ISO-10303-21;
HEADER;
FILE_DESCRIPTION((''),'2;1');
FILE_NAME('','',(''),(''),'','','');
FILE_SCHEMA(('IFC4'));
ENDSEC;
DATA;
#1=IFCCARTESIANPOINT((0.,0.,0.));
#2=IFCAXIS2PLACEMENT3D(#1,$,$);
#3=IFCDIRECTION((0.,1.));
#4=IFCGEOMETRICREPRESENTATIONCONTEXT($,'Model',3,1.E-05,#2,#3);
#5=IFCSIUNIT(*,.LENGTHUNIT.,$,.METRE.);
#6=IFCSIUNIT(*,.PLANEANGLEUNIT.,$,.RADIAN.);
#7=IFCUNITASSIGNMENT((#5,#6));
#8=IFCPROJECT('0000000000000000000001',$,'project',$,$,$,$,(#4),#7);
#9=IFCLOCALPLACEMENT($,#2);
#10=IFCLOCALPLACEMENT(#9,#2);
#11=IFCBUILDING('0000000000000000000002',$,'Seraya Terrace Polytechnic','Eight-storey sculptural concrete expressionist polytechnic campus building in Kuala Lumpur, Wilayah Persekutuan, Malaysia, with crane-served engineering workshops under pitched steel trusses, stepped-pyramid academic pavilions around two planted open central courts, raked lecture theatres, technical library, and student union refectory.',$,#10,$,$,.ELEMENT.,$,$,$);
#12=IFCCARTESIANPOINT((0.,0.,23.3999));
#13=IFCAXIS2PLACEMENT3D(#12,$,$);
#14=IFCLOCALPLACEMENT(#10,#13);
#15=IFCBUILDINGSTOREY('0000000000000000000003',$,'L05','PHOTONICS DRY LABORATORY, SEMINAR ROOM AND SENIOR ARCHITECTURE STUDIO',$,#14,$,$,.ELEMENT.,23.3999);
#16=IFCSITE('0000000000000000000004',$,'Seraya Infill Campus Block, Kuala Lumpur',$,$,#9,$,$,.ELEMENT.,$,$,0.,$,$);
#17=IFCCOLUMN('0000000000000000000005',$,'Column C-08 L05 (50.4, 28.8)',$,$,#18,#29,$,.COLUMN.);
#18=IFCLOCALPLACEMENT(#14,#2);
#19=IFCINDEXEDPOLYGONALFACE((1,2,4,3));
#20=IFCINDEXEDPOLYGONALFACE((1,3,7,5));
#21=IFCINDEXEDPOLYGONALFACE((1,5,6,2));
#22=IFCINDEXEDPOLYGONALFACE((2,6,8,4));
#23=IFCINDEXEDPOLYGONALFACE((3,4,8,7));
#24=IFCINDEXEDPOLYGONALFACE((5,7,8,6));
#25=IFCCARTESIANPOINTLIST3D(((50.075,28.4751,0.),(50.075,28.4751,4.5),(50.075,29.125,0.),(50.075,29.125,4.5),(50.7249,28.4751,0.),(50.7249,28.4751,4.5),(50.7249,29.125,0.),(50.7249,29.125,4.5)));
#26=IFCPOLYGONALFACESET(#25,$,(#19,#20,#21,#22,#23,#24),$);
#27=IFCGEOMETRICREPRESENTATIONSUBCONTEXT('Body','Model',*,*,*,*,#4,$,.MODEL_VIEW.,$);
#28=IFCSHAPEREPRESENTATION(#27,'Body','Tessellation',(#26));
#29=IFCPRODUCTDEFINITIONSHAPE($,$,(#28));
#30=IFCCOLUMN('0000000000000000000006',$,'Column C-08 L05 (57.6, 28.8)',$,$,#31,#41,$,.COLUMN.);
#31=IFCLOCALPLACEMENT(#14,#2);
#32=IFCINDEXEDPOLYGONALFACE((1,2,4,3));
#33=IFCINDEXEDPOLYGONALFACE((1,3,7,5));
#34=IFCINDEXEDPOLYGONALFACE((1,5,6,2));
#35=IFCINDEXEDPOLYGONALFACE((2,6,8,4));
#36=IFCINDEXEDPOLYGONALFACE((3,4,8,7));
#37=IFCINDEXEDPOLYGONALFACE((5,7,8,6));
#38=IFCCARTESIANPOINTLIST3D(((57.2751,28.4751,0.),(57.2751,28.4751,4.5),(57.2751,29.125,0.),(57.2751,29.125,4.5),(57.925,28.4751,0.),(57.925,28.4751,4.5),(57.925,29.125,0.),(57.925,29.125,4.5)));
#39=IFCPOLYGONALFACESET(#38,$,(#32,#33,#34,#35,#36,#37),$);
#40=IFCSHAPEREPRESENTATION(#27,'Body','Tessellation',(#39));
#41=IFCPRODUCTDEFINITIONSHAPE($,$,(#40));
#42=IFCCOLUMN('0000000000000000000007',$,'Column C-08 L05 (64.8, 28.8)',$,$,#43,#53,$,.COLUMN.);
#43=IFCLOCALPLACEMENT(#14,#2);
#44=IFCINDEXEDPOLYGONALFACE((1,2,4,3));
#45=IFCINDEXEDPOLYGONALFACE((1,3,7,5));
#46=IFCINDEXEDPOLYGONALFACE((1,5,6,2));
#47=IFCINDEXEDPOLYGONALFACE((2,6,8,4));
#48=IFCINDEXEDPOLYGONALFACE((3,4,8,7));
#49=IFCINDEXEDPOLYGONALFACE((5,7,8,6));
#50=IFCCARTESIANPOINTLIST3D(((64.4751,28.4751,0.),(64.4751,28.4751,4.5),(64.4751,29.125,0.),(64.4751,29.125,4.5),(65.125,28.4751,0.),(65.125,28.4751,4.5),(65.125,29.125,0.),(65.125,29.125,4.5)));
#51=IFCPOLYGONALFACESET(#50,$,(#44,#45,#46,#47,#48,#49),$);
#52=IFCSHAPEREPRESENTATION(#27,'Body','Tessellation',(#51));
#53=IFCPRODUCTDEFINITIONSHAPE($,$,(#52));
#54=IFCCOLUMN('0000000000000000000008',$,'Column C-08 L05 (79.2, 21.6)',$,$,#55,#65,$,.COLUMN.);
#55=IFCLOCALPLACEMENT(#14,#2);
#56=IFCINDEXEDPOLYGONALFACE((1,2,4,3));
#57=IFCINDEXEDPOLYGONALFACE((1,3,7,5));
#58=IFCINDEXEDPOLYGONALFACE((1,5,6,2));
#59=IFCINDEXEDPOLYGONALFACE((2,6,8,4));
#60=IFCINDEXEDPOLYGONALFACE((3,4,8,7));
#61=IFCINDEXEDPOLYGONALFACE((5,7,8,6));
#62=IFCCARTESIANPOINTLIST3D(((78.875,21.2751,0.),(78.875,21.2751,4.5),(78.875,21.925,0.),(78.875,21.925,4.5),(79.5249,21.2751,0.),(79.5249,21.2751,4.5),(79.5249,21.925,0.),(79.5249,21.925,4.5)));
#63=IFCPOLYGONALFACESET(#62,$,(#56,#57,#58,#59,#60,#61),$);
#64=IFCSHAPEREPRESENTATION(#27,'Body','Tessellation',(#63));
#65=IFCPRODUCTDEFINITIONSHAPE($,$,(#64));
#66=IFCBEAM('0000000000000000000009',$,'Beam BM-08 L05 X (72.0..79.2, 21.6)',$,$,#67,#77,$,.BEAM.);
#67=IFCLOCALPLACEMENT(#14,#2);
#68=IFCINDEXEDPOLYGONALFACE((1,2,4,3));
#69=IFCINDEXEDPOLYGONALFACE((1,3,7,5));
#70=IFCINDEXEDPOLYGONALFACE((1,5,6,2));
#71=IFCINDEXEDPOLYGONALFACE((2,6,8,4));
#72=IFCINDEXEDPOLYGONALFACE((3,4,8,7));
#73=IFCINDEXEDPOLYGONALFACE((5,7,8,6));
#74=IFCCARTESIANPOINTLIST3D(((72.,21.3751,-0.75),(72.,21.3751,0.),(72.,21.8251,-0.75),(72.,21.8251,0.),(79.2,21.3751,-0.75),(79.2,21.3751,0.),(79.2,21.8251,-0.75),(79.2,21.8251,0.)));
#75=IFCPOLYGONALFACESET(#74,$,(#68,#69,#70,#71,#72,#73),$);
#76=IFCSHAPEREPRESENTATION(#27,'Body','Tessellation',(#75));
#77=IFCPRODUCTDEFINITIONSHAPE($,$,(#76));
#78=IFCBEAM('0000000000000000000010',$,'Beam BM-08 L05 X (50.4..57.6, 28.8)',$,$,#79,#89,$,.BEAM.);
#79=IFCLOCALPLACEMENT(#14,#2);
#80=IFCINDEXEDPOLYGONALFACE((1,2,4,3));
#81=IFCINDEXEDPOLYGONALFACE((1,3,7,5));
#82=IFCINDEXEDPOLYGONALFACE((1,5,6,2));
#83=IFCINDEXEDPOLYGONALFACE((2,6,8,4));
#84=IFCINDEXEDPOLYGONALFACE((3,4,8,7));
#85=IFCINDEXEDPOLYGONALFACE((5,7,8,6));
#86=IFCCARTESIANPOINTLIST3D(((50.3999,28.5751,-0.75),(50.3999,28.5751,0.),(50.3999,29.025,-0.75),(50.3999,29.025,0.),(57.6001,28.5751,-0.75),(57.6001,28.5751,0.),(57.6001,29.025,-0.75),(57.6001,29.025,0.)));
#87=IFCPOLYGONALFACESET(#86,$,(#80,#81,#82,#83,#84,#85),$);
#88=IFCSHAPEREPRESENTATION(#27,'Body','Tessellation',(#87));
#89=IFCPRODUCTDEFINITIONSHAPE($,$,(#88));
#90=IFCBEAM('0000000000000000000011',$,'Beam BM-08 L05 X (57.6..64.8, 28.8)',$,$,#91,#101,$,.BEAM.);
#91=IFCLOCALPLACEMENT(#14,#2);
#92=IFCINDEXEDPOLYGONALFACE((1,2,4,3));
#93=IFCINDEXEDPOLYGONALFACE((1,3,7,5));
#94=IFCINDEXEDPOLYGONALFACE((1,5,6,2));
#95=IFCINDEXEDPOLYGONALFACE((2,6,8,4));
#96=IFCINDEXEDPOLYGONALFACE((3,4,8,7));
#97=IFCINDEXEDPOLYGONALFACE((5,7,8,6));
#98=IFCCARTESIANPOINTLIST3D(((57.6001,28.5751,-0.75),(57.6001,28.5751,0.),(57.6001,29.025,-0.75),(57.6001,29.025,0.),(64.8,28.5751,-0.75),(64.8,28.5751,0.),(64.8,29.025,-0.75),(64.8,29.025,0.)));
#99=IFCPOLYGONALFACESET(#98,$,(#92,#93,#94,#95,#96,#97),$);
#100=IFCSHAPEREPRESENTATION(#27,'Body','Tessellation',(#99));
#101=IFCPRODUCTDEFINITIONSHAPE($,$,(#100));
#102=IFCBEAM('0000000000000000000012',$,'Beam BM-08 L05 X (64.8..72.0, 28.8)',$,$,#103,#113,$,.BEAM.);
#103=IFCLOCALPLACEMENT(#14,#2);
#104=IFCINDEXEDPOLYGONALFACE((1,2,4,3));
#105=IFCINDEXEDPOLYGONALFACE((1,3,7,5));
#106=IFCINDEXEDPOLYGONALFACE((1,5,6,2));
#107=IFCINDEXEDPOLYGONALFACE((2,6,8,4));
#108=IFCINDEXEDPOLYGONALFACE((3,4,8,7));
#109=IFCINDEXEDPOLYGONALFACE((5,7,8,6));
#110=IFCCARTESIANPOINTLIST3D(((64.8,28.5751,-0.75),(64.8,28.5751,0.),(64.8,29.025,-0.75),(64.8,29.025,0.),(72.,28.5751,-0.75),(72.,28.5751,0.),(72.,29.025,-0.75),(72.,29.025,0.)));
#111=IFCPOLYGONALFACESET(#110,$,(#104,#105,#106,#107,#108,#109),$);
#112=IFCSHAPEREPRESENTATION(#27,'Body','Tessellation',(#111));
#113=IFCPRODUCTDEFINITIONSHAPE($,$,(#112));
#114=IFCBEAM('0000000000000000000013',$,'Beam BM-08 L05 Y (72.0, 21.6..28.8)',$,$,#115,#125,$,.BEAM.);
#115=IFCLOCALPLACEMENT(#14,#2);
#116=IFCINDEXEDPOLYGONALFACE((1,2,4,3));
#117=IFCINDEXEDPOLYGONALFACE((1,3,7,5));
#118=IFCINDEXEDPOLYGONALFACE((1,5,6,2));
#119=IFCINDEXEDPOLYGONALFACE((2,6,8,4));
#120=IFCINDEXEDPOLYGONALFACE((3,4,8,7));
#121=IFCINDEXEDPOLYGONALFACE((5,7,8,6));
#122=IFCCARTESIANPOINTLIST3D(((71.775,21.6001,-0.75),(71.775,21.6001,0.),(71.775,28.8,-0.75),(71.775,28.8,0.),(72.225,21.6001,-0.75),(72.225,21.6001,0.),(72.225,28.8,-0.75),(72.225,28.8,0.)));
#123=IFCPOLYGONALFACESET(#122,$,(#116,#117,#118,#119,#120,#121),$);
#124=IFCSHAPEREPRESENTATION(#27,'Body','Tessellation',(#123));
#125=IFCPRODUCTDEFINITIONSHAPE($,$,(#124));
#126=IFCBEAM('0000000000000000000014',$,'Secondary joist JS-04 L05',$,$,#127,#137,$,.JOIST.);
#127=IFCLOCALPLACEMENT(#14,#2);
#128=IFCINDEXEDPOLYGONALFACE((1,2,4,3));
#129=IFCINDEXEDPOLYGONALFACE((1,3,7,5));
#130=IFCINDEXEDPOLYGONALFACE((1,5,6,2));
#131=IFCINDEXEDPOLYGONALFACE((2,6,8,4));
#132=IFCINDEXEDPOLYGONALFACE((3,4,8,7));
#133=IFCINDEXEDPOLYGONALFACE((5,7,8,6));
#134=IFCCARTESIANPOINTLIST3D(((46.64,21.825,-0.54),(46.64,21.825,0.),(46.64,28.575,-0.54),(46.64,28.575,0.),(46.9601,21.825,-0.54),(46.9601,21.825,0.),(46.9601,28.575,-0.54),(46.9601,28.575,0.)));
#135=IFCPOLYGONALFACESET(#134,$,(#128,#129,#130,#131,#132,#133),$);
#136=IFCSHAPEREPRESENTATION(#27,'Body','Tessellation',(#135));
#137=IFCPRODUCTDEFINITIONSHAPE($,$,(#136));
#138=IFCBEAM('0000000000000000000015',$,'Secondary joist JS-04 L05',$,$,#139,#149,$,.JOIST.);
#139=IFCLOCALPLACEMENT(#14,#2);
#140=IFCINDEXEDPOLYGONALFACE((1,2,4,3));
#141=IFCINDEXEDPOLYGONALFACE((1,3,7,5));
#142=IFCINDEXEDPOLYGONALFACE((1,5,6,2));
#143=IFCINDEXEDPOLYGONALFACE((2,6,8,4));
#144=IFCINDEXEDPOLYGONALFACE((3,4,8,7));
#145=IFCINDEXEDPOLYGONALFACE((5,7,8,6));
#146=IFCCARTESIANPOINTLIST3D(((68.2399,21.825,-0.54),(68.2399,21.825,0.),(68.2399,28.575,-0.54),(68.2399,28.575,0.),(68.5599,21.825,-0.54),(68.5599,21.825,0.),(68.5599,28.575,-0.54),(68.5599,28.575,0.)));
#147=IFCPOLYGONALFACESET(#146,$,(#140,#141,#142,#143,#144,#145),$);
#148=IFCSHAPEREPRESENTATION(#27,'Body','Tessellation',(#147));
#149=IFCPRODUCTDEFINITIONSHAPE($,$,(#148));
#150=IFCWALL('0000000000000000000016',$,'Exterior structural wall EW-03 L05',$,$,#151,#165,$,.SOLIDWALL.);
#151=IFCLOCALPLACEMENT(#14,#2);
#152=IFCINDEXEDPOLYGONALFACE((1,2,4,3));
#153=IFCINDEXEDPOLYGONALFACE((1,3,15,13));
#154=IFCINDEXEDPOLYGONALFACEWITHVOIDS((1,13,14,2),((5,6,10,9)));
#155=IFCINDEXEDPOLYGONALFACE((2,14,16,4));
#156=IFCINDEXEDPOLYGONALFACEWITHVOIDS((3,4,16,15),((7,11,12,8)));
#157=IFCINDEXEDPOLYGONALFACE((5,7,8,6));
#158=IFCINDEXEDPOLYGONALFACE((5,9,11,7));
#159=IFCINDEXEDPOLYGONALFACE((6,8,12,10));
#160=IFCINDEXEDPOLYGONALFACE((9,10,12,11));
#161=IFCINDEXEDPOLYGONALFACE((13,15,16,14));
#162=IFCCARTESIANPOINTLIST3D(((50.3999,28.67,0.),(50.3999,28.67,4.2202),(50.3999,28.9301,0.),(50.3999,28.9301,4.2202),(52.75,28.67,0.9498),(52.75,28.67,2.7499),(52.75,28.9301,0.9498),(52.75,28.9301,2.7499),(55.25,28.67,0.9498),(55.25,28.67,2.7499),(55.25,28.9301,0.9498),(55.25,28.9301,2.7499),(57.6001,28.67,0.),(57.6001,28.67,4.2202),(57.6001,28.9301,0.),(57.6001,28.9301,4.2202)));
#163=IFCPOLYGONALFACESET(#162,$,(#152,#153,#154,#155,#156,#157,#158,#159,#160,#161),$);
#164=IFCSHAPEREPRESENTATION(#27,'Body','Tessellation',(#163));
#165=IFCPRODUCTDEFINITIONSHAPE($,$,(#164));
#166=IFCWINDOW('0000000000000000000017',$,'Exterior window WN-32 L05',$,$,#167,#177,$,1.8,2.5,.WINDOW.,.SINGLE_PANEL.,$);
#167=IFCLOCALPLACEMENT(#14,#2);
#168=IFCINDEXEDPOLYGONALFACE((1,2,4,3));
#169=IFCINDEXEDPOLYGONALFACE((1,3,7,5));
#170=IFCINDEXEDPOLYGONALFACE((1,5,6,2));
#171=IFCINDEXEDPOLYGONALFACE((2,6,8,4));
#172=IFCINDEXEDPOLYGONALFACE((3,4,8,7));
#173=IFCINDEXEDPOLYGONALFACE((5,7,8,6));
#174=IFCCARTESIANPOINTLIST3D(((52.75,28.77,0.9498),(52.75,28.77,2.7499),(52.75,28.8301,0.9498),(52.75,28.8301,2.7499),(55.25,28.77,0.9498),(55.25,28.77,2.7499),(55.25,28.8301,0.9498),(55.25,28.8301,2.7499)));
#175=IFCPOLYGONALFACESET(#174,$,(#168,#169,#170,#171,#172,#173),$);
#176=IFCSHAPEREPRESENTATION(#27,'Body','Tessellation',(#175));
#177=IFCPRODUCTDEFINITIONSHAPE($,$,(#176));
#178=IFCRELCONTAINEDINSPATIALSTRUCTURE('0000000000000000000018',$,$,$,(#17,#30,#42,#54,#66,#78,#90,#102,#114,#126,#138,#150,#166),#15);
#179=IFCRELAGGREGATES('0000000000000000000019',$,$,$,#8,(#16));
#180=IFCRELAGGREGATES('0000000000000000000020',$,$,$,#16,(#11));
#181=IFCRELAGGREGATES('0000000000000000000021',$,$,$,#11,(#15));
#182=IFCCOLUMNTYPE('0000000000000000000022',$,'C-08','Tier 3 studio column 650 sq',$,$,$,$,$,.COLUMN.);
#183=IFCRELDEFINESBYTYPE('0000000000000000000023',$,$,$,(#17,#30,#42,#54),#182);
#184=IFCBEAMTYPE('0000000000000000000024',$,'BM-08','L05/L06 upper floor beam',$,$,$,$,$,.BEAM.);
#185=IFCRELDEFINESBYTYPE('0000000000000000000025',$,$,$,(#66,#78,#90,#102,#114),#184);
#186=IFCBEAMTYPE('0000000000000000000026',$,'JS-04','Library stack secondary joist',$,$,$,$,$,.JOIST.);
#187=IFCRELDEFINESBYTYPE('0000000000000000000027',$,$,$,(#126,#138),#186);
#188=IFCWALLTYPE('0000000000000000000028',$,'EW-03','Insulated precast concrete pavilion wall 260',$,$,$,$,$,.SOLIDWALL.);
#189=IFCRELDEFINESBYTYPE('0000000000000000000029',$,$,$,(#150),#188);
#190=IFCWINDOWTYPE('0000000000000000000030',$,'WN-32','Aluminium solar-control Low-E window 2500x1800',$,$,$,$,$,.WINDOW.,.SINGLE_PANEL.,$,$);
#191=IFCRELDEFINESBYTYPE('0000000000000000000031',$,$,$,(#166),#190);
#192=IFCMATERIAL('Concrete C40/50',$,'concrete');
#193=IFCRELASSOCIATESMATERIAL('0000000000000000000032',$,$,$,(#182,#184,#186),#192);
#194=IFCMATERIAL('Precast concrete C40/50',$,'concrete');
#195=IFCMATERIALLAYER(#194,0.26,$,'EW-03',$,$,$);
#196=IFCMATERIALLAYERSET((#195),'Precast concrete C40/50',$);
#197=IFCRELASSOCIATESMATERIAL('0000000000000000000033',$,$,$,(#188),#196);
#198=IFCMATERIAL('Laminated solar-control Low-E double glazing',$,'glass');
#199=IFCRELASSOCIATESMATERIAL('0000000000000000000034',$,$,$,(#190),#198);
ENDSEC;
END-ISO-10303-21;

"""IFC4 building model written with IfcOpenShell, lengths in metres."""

from ifc_helpers import new_model, si_unit, direction, frame, frame_2d, origin, origin_2d, place, context, subcontext, project, spatial, rectangle, extrude, material, layer, layer_set, material_profile, profile_set, type_object, element, fill, save


model = new_model("IFC4")

# Units and contexts
model_context = context("Model", 3, precision=1e-05, world=origin(), true_north=direction((0.0, 1.0)))
body_context = subcontext(model_context, "Body", "Model", "MODEL_VIEW")
ifc_project = project(units=[si_unit("LENGTHUNIT", "METRE"), si_unit("PLANEANGLEUNIT", "RADIAN")], contexts=[model_context])

# Site, building, storey
site_placement = place(None, origin())
site = spatial("IfcSite", under=ifc_project, at=site_placement, Name="Seraya Infill Campus Block, Kuala Lumpur", CompositionType="ELEMENT", RefElevation=0.0)
building_placement = place(site_placement, origin())
building = spatial("IfcBuilding", under=site, at=building_placement, Name="Seraya Terrace Polytechnic", Description="Eight-storey sculptural concrete expressionist polytechnic campus building in Kuala Lumpur, Wilayah Persekutuan, Malaysia, with crane-served engineering workshops under pitched steel trusses, stepped-pyramid academic pavilions around two planted open central courts, raked lecture theatres, technical library, and student union refectory.", CompositionType="ELEMENT")
storey_placement = place(building_placement, frame((0.0, 0.0, 23.3999)))
storey = spatial("IfcBuildingStorey", under=building, at=storey_placement, Name="L05", Description="PHOTONICS DRY LABORATORY, SEMINAR ROOM AND SENIOR ARCHITECTURE STUDIO", CompositionType="ELEMENT", Elevation=23.3999)

# Columns
ifc_material_1 = material(Name="Concrete C40/50", Category="concrete")
ifc_material_profile_1 = material_profile(ifc_material_1, rectangle(XDim=0.6499, YDim=0.6499, at=origin_2d()), Name="RC 650x650")
ifc_profile_set_1 = profile_set([ifc_material_profile_1], Name="Concrete C40/50")
column_type = type_object("IfcColumnType", Name="C-08", Description="Tier 3 studio column 650 sq", PredefinedType="COLUMN", material=ifc_profile_set_1)
for number, where, z_axis, x_axis, name in (
    (1, (50.3999, 28.8, 0.0), (0.0, 0.0, 1.0), (1.0, 0.0, 0.0), "Column C-08 L05 (50.4, 28.8)"),
    (2, (57.6001, 28.8, 0.0), (0.0, 0.0, 1.0), (1.0, 0.0, 0.0), "Column C-08 L05 (57.6, 28.8)"),
    (3, (64.8, 28.8, 0.0), (0.0, 0.0, 1.0), (1.0, 0.0, 0.0), "Column C-08 L05 (64.8, 28.8)"),
    (4, (79.2, 21.6001, 0.0), (0.0, 0.0, 1.0), (1.0, 0.0, 0.0), "Column C-08 L05 (79.2, 21.6)"),
):
    element("IfcColumn", number, at=place(storey_placement, frame(where, z_axis=z_axis, x_axis=x_axis)), inside=storey, type_object=column_type, Name=name, PredefinedType="COLUMN", context=body_context, shape_type="SweptSolid", body=[
        extrude(rectangle(XDim=0.6499, YDim=0.6499, at=origin_2d()), origin(), (0.0, 0.0, 1.0), 4.5),
    ])

# Beams
ifc_material_profile_2 = material_profile(ifc_material_1, rectangle(XDim=0.45, YDim=0.75, at=origin_2d()), Name="RC 450x750")
ifc_profile_set_2 = profile_set([ifc_material_profile_2], Name="Concrete C40/50")
beam_type_1 = type_object("IfcBeamType", Name="BM-08", Description="L05/L06 upper floor beam", PredefinedType="BEAM", material=ifc_profile_set_2)
beam_1_placement = place(storey_placement, frame((72.0, 21.6001, -0.375), z_axis=(1.0, 0.0, 0.0), x_axis=(0.0, 1.0, 0.0)))
element("IfcBeam", 5, at=beam_1_placement, inside=storey, type_object=beam_type_1, Name="Beam BM-08 L05 X (72.0..79.2, 21.6)", PredefinedType="BEAM", context=body_context, shape_type="SweptSolid", body=[
    extrude(rectangle(XDim=0.45, YDim=0.75, at=origin_2d()), origin(), (0.0, 0.0, 1.0), 7.2),
])
beam_2_placement = place(storey_placement, frame((50.3999, 28.8, -0.375), z_axis=(1.0, 0.0, 0.0), x_axis=(0.0, 1.0, 0.0)))
element("IfcBeam", 6, at=beam_2_placement, inside=storey, type_object=beam_type_1, Name="Beam BM-08 L05 X (50.4..57.6, 28.8)", PredefinedType="BEAM", context=body_context, shape_type="SweptSolid", body=[
    extrude(rectangle(XDim=0.45, YDim=0.75, at=origin_2d()), origin(), (0.0, 0.0, 1.0), 7.2002),
])
for number, where, z_axis, x_axis, name in (
    (7, (57.6001, 28.8, -0.375), (1.0, 0.0, 0.0), (0.0, 1.0, 0.0), "Beam BM-08 L05 X (57.6..64.8, 28.8)"),
    (8, (64.8, 28.8, -0.375), (1.0, 0.0, 0.0), (0.0, 1.0, 0.0), "Beam BM-08 L05 X (64.8..72.0, 28.8)"),
    (9, (72.0, 21.6001, -0.375), (0.0, 1.0, 0.0), (-1.0, 0.0, 0.0), "Beam BM-08 L05 Y (72.0, 21.6..28.8)"),
):
    element("IfcBeam", number, at=place(storey_placement, frame(where, z_axis=z_axis, x_axis=x_axis)), inside=storey, type_object=beam_type_1, Name=name, PredefinedType="BEAM", context=body_context, shape_type="SweptSolid", body=[
        extrude(rectangle(XDim=0.45, YDim=0.75, at=origin_2d()), origin(), (0.0, 0.0, 1.0), 7.2),
    ])
ifc_material_profile_3 = material_profile(ifc_material_1, rectangle(XDim=0.3201, YDim=0.54, at=origin_2d()), Name="RC 320x540")
ifc_profile_set_3 = profile_set([ifc_material_profile_3], Name="Concrete C40/50")
beam_type_2 = type_object("IfcBeamType", Name="JS-04", Description="Library stack secondary joist", PredefinedType="JOIST", material=ifc_profile_set_3)
for number, where, z_axis, x_axis, name in (
    (10, (46.8, 21.825, -0.27), (0.0, 1.0, 0.0), (-1.0, 0.0, 0.0), "Secondary joist JS-04 L05"),
    (11, (68.3999, 21.825, -0.27), (0.0, 1.0, 0.0), (-1.0, 0.0, 0.0), "Secondary joist JS-04 L05"),
):
    element("IfcBeam", number, at=place(storey_placement, frame(where, z_axis=z_axis, x_axis=x_axis)), inside=storey, type_object=beam_type_2, Name=name, PredefinedType="JOIST", context=body_context, shape_type="SweptSolid", body=[
        extrude(rectangle(XDim=0.3201, YDim=0.54, at=origin_2d()), origin(), (0.0, 0.0, 1.0), 6.75),
    ])

# Wall, opening, window
ifc_material_2 = material(Name="Precast concrete C40/50", Category="concrete")
ifc_layer = layer(ifc_material_2, 0.26, Name="EW-03")
ifc_layer_set = layer_set([ifc_layer], Name="Precast concrete C40/50")
wall_type = type_object("IfcWallType", Name="EW-03", Description="Insulated precast concrete pavilion wall 260", PredefinedType="SOLIDWALL", material=ifc_layer_set)
wall_1_placement = place(storey_placement, frame((50.3999, 28.8, 0.0), z_axis=(0.0, 0.0, 1.0), x_axis=(1.0, 0.0, 0.0)))
wall_1 = element("IfcWall", 12, at=wall_1_placement, inside=storey, type_object=wall_type, Name="Exterior structural wall EW-03 L05", PredefinedType="SOLIDWALL", context=body_context, shape_type="SweptSolid", body=[
    extrude(rectangle(XDim=7.2002, YDim=0.26, at=frame_2d((3.6001, 0.0))), origin(), (0.0, 0.0, 1.0), 4.2202),
])
opening_1_placement = place(wall_1_placement, frame((2.3501, 0.0, 0.95)))
opening_1 = element("IfcOpeningElement", 13, at=opening_1_placement, cuts=wall_1, PredefinedType="OPENING", context=body_context, shape_type="SweptSolid", body=[
    extrude(rectangle(XDim=2.5, YDim=1.8, at=frame_2d((1.25, 0.8999))), frame((0.0, 0.1421, 0.0), z_axis=(0.0, -1.0, 0.0), x_axis=(1.0, 0.0, 0.0)), (0.0, 0.0, 1.0), 0.2839),
])
ifc_material_3 = material(Name="Laminated solar-control Low-E double glazing", Category="glass")
window_type_1 = type_object("IfcWindowType", Name="WN-32", Description="Aluminium solar-control Low-E window 2500x1800", PartitioningType="SINGLE_PANEL", PredefinedType="WINDOW", material=ifc_material_3)
window_1_placement = place(opening_1_placement, origin())
window_1 = element("IfcWindow", 14, at=window_1_placement, inside=storey, type_object=window_type_1, Name="Exterior window WN-32 L05", OverallHeight=1.8, OverallWidth=2.5, PartitioningType="SINGLE_PANEL", PredefinedType="WINDOW", context=body_context, shape_type="SweptSolid", body=[
    extrude(rectangle(XDim=2.5, YDim=1.8, at=frame_2d((1.25, 0.8999))), frame((0.0, 0.03, 0.0), z_axis=(0.0, -1.0, 0.0), x_axis=(1.0, 0.0, 0.0)), (0.0, 0.0, 1.0), 0.0601),
])
fill(opening_1, window_1)

save(model, "model.ifc")
